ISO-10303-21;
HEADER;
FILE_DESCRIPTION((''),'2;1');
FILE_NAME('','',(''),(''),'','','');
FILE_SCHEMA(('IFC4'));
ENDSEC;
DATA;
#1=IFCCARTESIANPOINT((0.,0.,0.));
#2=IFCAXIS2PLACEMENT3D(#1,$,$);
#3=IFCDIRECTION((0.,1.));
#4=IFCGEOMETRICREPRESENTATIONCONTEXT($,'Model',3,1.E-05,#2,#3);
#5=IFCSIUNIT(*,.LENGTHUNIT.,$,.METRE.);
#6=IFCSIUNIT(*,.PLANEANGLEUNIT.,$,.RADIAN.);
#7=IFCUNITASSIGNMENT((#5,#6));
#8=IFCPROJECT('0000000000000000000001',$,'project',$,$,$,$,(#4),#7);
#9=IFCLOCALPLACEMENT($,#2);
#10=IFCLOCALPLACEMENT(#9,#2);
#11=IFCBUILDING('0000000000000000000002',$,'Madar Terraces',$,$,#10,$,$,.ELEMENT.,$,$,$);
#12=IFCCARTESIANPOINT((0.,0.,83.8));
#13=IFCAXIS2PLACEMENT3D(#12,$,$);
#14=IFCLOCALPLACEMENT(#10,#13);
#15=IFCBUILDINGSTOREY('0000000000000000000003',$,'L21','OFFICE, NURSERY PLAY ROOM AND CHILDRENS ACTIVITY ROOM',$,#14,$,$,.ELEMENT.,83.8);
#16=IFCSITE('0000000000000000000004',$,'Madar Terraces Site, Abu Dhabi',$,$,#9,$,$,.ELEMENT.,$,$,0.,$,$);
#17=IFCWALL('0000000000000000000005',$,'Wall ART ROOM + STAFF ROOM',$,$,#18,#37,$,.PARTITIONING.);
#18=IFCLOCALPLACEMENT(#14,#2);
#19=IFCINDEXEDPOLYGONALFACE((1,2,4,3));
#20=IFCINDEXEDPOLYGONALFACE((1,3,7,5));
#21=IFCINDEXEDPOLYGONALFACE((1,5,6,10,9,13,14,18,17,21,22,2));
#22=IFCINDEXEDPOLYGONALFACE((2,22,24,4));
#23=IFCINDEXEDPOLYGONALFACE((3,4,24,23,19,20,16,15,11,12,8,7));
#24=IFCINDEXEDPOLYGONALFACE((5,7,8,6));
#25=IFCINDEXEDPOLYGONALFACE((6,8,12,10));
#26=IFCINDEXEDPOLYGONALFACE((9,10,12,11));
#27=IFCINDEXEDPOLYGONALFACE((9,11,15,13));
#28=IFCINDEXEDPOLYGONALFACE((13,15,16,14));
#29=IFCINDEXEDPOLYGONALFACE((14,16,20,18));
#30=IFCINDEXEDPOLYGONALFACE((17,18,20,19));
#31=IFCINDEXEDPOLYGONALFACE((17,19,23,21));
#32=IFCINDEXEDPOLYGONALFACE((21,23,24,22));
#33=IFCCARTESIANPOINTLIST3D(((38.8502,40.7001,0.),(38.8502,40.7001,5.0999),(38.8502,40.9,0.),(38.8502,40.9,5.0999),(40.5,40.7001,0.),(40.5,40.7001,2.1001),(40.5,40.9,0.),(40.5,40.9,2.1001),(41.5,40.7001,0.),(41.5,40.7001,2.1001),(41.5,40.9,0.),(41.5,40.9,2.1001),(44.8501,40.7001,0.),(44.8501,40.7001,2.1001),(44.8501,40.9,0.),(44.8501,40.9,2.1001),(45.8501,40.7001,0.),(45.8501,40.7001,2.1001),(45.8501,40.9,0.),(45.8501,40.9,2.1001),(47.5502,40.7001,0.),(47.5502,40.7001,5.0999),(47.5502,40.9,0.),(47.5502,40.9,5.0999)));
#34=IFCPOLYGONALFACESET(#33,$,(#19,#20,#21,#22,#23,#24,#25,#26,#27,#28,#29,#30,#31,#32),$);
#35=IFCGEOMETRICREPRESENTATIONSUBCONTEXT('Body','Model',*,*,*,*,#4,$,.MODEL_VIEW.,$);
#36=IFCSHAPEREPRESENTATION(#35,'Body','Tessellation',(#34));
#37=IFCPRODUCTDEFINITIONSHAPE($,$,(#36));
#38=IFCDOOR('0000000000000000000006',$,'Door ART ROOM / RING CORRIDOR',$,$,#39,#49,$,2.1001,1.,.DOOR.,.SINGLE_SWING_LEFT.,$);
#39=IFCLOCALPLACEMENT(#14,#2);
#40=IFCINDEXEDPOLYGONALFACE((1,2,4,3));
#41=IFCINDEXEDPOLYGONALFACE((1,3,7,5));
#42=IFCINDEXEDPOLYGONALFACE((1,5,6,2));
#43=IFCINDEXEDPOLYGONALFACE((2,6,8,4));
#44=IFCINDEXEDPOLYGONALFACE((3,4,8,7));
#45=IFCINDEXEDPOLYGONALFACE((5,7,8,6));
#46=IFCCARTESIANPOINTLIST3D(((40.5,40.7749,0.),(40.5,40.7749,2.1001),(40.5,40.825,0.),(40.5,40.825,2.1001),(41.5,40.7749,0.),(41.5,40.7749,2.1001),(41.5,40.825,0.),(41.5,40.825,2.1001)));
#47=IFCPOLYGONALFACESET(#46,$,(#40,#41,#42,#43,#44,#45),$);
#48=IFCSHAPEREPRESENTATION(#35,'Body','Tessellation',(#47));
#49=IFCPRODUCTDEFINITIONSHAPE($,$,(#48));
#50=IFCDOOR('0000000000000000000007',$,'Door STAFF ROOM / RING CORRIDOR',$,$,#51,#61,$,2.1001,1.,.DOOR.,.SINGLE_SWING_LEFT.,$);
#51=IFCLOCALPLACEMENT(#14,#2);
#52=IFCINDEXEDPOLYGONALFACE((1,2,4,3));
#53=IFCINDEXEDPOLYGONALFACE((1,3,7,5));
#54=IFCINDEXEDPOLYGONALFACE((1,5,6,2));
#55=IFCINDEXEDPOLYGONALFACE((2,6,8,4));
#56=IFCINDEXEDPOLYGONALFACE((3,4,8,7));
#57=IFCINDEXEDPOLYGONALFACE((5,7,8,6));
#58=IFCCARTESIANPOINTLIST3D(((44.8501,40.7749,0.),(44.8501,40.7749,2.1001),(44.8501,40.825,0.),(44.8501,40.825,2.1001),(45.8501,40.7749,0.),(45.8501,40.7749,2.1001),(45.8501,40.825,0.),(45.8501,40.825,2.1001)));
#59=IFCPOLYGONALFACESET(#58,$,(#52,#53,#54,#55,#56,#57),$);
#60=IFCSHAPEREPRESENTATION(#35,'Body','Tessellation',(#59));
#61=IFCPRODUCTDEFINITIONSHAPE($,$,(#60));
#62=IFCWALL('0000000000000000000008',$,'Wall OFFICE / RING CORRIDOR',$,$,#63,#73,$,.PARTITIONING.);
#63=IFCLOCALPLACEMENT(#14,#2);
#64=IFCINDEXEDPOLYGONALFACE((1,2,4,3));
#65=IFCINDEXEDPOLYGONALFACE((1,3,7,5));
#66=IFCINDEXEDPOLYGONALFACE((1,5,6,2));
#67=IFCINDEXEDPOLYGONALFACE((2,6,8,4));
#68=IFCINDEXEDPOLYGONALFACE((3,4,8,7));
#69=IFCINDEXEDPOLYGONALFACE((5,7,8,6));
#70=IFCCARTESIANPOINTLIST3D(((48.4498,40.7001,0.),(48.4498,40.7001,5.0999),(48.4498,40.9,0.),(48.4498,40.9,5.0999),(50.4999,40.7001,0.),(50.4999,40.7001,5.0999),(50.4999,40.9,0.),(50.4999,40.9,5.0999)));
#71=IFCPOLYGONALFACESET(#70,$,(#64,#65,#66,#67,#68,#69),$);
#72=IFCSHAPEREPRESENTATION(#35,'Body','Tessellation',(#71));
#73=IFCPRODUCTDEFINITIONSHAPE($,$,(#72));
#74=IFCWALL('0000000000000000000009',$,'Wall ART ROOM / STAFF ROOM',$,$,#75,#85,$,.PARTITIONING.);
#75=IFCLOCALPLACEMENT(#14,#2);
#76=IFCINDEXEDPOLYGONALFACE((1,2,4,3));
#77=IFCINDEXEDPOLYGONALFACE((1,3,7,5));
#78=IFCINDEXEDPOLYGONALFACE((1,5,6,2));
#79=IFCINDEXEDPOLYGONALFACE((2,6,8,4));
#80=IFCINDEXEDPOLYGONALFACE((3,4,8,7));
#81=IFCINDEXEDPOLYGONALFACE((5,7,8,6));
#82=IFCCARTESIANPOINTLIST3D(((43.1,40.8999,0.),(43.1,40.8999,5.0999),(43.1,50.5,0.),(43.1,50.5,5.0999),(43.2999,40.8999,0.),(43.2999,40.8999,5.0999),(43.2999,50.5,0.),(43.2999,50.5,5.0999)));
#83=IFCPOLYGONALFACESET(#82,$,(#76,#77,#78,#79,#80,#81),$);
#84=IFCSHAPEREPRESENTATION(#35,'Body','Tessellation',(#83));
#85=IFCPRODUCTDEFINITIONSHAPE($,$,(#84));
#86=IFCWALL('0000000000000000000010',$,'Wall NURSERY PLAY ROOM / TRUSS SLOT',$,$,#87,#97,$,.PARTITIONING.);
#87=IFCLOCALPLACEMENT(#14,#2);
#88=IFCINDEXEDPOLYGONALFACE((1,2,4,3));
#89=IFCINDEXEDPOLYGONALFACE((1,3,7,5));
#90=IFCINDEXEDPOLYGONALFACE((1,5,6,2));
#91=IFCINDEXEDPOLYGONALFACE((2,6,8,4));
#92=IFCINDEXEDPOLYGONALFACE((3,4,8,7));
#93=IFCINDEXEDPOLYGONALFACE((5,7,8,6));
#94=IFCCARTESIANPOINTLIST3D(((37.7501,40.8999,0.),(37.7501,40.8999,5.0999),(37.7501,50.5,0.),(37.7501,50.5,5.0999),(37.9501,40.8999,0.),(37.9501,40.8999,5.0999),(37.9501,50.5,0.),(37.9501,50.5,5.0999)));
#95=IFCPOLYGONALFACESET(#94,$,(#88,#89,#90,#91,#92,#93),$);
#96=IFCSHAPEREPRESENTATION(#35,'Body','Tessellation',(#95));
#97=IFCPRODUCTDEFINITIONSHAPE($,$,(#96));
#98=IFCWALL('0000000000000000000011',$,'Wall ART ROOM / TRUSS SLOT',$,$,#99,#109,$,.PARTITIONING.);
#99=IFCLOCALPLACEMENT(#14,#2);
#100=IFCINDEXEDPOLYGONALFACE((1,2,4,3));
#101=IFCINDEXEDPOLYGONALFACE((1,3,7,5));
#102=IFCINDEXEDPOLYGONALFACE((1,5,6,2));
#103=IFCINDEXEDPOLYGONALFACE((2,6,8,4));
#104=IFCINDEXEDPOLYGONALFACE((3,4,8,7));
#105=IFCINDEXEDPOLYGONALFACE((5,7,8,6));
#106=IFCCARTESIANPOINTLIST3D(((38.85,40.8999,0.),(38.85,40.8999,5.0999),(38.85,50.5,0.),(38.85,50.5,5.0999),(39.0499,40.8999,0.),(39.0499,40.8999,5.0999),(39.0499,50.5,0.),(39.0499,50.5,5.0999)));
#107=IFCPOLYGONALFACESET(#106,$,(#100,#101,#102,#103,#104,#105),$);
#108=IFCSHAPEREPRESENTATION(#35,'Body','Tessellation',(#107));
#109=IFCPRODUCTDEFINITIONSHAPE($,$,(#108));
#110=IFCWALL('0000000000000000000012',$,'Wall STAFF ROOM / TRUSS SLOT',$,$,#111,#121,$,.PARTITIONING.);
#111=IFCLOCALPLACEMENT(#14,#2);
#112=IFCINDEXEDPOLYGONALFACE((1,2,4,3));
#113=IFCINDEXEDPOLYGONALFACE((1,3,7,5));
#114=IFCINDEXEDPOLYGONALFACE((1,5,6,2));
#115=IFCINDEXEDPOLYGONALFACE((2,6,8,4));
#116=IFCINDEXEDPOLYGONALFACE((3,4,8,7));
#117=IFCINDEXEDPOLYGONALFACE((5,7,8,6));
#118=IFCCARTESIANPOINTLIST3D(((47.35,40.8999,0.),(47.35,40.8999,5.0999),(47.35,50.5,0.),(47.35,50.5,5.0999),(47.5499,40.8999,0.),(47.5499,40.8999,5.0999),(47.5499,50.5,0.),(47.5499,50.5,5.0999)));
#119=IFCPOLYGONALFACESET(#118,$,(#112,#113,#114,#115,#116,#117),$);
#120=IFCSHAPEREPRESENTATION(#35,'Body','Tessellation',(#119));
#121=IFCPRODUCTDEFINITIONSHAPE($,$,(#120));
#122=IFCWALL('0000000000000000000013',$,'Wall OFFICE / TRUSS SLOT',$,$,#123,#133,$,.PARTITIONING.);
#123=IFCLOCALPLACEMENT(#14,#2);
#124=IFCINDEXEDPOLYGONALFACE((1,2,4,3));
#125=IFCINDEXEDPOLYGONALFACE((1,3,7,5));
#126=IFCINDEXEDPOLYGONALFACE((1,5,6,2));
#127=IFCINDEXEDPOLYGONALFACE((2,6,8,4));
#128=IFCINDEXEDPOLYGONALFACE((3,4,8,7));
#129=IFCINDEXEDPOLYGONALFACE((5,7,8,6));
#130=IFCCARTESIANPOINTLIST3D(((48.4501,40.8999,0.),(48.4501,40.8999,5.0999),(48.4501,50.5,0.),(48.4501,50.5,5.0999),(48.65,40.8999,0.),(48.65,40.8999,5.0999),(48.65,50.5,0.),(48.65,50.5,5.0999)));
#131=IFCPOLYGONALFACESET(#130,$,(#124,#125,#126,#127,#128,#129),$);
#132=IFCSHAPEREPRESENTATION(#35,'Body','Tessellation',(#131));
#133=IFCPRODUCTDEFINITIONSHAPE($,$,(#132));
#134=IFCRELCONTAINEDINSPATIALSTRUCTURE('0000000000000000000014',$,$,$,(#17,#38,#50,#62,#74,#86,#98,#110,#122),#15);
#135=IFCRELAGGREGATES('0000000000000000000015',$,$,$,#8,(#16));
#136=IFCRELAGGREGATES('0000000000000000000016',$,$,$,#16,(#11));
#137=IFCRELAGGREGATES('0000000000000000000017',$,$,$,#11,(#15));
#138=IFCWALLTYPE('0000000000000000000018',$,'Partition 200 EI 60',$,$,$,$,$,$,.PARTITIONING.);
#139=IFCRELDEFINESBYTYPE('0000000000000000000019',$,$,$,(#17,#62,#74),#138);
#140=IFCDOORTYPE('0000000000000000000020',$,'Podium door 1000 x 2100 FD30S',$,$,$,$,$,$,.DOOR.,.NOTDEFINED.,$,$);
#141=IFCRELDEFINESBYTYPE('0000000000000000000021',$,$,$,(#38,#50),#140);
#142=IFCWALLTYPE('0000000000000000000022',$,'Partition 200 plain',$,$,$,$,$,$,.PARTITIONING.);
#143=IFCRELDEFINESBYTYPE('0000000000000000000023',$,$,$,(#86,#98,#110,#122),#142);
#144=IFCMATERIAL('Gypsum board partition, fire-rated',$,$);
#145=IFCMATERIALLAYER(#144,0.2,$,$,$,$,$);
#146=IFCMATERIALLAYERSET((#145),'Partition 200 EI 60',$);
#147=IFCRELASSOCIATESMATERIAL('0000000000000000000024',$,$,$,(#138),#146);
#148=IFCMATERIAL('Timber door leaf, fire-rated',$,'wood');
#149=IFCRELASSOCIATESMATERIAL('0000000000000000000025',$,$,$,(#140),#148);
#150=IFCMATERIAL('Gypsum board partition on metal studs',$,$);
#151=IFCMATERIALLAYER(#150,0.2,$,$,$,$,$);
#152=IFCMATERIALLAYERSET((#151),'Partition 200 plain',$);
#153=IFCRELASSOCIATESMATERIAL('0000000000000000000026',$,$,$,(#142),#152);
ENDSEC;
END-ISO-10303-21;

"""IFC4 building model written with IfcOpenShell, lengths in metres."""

from ifc_helpers import new_model, si_unit, direction, frame, frame_2d, origin, place, context, subcontext, project, spatial, rectangle, extrude, material, layer, layer_set, type_object, element, fill, save


model = new_model("IFC4")

# Units and contexts
model_context = context("Model", 3, precision=1e-05, world=origin(), true_north=direction((0.0, 1.0)))
body_context = subcontext(model_context, "Body", "Model", "MODEL_VIEW")
ifc_project = project(units=[si_unit("LENGTHUNIT", "METRE"), si_unit("PLANEANGLEUNIT", "RADIAN")], contexts=[model_context])

# Site, building, storey
site_placement = place(None, origin())
site = spatial("IfcSite", under=ifc_project, at=site_placement, Name="Madar Terraces Site, Abu Dhabi", CompositionType="ELEMENT", RefElevation=0.0)
building_placement = place(site_placement, origin())
building = spatial("IfcBuilding", under=site, at=building_placement, Name="Madar Terraces", CompositionType="ELEMENT")
storey_placement = place(building_placement, frame((0.0, 0.0, 83.8)))
storey = spatial("IfcBuildingStorey", under=building, at=storey_placement, Name="L21", Description="OFFICE, NURSERY PLAY ROOM AND CHILDRENS ACTIVITY ROOM", CompositionType="ELEMENT", Elevation=83.8)

# Wall, openings, doors
ifc_material_1 = material(Name="Gypsum board partition, fire-rated")
ifc_layer_1 = layer(ifc_material_1, 0.2)
ifc_layer_set_1 = layer_set([ifc_layer_1], Name="Partition 200 EI 60")
wall_type_1 = type_object("IfcWallType", Name="Partition 200 EI 60", PredefinedType="PARTITIONING", material=ifc_layer_set_1)
wall_1_placement = place(storey_placement, frame((38.8501, 40.8, 0.0), z_axis=(0.0, 0.0, 1.0), x_axis=(1.0, 0.0, 0.0)))
wall_1 = element("IfcWall", 1, at=wall_1_placement, inside=storey, type_object=wall_type_1, Name="Wall ART ROOM + STAFF ROOM", PredefinedType="PARTITIONING", context=body_context, shape_type="SweptSolid", body=[
    extrude(rectangle(XDim=8.7, YDim=0.2, at=frame_2d((4.3501, 0.0))), origin(), (0.0, 0.0, 1.0), 5.0999),
])
opening_1_placement = place(wall_1_placement, frame((1.6499, 0.0, 0.0)))
opening_1 = element("IfcOpeningElement", 2, at=opening_1_placement, cuts=wall_1, PredefinedType="OPENING", context=body_context, shape_type="SweptSolid", body=[
    extrude(rectangle(XDim=1.0, YDim=2.1001, at=frame_2d((0.5, 1.05))), frame((0.0, 0.1099, 0.0), z_axis=(0.0, -1.0, 0.0), x_axis=(1.0, 0.0, 0.0)), (0.0, 0.0, 1.0), 0.22),
])
opening_2_placement = place(wall_1_placement, frame((6.0, 0.0, 0.0)))
opening_2 = element("IfcOpeningElement", 3, at=opening_2_placement, cuts=wall_1, PredefinedType="OPENING", context=body_context, shape_type="SweptSolid", body=[
    extrude(rectangle(XDim=1.0, YDim=2.1001, at=frame_2d((0.5, 1.05))), frame((0.0, 0.1099, 0.0), z_axis=(0.0, -1.0, 0.0), x_axis=(1.0, 0.0, 0.0)), (0.0, 0.0, 1.0), 0.22),
])
ifc_material_2 = material(Name="Timber door leaf, fire-rated", Category="wood")
door_type = type_object("IfcDoorType", Name="Podium door 1000 x 2100 FD30S", OperationType="NOTDEFINED", PredefinedType="DOOR", material=ifc_material_2)
door_1_placement = place(opening_1_placement, origin())
door_1 = element("IfcDoor", 4, at=door_1_placement, inside=storey, type_object=door_type, Name="Door ART ROOM / RING CORRIDOR", OperationType="SINGLE_SWING_LEFT", OverallHeight=2.1001, OverallWidth=1.0, PredefinedType="DOOR", context=body_context, shape_type="SweptSolid", body=[
    extrude(rectangle(XDim=1.0, YDim=2.1001, at=frame_2d((0.5, 1.05))), frame((0.0, 0.0249, 0.0), z_axis=(0.0, -1.0, 0.0), x_axis=(1.0, 0.0, 0.0)), (0.0, 0.0, 1.0), 0.05),
])
fill(opening_1, door_1)
door_2_placement = place(opening_2_placement, origin())
door_2 = element("IfcDoor", 5, at=door_2_placement, inside=storey, type_object=door_type, Name="Door STAFF ROOM / RING CORRIDOR", OperationType="SINGLE_SWING_LEFT", OverallHeight=2.1001, OverallWidth=1.0, PredefinedType="DOOR", context=body_context, shape_type="SweptSolid", body=[
    extrude(rectangle(XDim=1.0, YDim=2.1001, at=frame_2d((0.5, 1.05))), frame((0.0, 0.0249, 0.0), z_axis=(0.0, -1.0, 0.0), x_axis=(1.0, 0.0, 0.0)), (0.0, 0.0, 1.0), 0.05),
])
fill(opening_2, door_2)

# Walls
wall_2_placement = place(storey_placement, frame((48.45, 40.8, 0.0), z_axis=(0.0, 0.0, 1.0), x_axis=(1.0, 0.0, 0.0)))
element("IfcWall", 6, at=wall_2_placement, inside=storey, type_object=wall_type_1, Name="Wall OFFICE / RING CORRIDOR", PredefinedType="PARTITIONING", context=body_context, shape_type="SweptSolid", body=[
    extrude(rectangle(XDim=2.05, YDim=0.2, at=frame_2d((1.0249, 0.0))), origin(), (0.0, 0.0, 1.0), 5.0999),
])
wall_3_placement = place(storey_placement, frame((43.2, 40.8999, 0.0), z_axis=(0.0, 0.0, 1.0), x_axis=(0.0, 1.0, 0.0)))
element("IfcWall", 7, at=wall_3_placement, inside=storey, type_object=wall_type_1, Name="Wall ART ROOM / STAFF ROOM", PredefinedType="PARTITIONING", context=body_context, shape_type="SweptSolid", body=[
    extrude(rectangle(XDim=9.6001, YDim=0.2, at=frame_2d((4.8, 0.0))), origin(), (0.0, 0.0, 1.0), 5.0999),
])
ifc_material_3 = material(Name="Gypsum board partition on metal studs")
ifc_layer_2 = layer(ifc_material_3, 0.2)
ifc_layer_set_2 = layer_set([ifc_layer_2], Name="Partition 200 plain")
wall_type_2 = type_object("IfcWallType", Name="Partition 200 plain", PredefinedType="PARTITIONING", material=ifc_layer_set_2)
for number, where, z_axis, x_axis, name in (
    (8, (37.8501, 40.8999, 0.0), (0.0, 0.0, 1.0), (0.0, 1.0, 0.0), "Wall NURSERY PLAY ROOM / TRUSS SLOT"),
    (9, (38.95, 40.8999, 0.0), (0.0, 0.0, 1.0), (0.0, 1.0, 0.0), "Wall ART ROOM / TRUSS SLOT"),
    (10, (47.45, 40.8999, 0.0), (0.0, 0.0, 1.0), (0.0, 1.0, 0.0), "Wall STAFF ROOM / TRUSS SLOT"),
    (11, (48.55, 40.8999, 0.0), (0.0, 0.0, 1.0), (0.0, 1.0, 0.0), "Wall OFFICE / TRUSS SLOT"),
):
    element("IfcWall", number, at=place(storey_placement, frame(where, z_axis=z_axis, x_axis=x_axis)), inside=storey, type_object=wall_type_2, Name=name, PredefinedType="PARTITIONING", context=body_context, shape_type="SweptSolid", body=[
        extrude(rectangle(XDim=9.6001, YDim=0.2, at=frame_2d((4.8, 0.0))), origin(), (0.0, 0.0, 1.0), 5.0999),
    ])

save(model, "model.ifc")
